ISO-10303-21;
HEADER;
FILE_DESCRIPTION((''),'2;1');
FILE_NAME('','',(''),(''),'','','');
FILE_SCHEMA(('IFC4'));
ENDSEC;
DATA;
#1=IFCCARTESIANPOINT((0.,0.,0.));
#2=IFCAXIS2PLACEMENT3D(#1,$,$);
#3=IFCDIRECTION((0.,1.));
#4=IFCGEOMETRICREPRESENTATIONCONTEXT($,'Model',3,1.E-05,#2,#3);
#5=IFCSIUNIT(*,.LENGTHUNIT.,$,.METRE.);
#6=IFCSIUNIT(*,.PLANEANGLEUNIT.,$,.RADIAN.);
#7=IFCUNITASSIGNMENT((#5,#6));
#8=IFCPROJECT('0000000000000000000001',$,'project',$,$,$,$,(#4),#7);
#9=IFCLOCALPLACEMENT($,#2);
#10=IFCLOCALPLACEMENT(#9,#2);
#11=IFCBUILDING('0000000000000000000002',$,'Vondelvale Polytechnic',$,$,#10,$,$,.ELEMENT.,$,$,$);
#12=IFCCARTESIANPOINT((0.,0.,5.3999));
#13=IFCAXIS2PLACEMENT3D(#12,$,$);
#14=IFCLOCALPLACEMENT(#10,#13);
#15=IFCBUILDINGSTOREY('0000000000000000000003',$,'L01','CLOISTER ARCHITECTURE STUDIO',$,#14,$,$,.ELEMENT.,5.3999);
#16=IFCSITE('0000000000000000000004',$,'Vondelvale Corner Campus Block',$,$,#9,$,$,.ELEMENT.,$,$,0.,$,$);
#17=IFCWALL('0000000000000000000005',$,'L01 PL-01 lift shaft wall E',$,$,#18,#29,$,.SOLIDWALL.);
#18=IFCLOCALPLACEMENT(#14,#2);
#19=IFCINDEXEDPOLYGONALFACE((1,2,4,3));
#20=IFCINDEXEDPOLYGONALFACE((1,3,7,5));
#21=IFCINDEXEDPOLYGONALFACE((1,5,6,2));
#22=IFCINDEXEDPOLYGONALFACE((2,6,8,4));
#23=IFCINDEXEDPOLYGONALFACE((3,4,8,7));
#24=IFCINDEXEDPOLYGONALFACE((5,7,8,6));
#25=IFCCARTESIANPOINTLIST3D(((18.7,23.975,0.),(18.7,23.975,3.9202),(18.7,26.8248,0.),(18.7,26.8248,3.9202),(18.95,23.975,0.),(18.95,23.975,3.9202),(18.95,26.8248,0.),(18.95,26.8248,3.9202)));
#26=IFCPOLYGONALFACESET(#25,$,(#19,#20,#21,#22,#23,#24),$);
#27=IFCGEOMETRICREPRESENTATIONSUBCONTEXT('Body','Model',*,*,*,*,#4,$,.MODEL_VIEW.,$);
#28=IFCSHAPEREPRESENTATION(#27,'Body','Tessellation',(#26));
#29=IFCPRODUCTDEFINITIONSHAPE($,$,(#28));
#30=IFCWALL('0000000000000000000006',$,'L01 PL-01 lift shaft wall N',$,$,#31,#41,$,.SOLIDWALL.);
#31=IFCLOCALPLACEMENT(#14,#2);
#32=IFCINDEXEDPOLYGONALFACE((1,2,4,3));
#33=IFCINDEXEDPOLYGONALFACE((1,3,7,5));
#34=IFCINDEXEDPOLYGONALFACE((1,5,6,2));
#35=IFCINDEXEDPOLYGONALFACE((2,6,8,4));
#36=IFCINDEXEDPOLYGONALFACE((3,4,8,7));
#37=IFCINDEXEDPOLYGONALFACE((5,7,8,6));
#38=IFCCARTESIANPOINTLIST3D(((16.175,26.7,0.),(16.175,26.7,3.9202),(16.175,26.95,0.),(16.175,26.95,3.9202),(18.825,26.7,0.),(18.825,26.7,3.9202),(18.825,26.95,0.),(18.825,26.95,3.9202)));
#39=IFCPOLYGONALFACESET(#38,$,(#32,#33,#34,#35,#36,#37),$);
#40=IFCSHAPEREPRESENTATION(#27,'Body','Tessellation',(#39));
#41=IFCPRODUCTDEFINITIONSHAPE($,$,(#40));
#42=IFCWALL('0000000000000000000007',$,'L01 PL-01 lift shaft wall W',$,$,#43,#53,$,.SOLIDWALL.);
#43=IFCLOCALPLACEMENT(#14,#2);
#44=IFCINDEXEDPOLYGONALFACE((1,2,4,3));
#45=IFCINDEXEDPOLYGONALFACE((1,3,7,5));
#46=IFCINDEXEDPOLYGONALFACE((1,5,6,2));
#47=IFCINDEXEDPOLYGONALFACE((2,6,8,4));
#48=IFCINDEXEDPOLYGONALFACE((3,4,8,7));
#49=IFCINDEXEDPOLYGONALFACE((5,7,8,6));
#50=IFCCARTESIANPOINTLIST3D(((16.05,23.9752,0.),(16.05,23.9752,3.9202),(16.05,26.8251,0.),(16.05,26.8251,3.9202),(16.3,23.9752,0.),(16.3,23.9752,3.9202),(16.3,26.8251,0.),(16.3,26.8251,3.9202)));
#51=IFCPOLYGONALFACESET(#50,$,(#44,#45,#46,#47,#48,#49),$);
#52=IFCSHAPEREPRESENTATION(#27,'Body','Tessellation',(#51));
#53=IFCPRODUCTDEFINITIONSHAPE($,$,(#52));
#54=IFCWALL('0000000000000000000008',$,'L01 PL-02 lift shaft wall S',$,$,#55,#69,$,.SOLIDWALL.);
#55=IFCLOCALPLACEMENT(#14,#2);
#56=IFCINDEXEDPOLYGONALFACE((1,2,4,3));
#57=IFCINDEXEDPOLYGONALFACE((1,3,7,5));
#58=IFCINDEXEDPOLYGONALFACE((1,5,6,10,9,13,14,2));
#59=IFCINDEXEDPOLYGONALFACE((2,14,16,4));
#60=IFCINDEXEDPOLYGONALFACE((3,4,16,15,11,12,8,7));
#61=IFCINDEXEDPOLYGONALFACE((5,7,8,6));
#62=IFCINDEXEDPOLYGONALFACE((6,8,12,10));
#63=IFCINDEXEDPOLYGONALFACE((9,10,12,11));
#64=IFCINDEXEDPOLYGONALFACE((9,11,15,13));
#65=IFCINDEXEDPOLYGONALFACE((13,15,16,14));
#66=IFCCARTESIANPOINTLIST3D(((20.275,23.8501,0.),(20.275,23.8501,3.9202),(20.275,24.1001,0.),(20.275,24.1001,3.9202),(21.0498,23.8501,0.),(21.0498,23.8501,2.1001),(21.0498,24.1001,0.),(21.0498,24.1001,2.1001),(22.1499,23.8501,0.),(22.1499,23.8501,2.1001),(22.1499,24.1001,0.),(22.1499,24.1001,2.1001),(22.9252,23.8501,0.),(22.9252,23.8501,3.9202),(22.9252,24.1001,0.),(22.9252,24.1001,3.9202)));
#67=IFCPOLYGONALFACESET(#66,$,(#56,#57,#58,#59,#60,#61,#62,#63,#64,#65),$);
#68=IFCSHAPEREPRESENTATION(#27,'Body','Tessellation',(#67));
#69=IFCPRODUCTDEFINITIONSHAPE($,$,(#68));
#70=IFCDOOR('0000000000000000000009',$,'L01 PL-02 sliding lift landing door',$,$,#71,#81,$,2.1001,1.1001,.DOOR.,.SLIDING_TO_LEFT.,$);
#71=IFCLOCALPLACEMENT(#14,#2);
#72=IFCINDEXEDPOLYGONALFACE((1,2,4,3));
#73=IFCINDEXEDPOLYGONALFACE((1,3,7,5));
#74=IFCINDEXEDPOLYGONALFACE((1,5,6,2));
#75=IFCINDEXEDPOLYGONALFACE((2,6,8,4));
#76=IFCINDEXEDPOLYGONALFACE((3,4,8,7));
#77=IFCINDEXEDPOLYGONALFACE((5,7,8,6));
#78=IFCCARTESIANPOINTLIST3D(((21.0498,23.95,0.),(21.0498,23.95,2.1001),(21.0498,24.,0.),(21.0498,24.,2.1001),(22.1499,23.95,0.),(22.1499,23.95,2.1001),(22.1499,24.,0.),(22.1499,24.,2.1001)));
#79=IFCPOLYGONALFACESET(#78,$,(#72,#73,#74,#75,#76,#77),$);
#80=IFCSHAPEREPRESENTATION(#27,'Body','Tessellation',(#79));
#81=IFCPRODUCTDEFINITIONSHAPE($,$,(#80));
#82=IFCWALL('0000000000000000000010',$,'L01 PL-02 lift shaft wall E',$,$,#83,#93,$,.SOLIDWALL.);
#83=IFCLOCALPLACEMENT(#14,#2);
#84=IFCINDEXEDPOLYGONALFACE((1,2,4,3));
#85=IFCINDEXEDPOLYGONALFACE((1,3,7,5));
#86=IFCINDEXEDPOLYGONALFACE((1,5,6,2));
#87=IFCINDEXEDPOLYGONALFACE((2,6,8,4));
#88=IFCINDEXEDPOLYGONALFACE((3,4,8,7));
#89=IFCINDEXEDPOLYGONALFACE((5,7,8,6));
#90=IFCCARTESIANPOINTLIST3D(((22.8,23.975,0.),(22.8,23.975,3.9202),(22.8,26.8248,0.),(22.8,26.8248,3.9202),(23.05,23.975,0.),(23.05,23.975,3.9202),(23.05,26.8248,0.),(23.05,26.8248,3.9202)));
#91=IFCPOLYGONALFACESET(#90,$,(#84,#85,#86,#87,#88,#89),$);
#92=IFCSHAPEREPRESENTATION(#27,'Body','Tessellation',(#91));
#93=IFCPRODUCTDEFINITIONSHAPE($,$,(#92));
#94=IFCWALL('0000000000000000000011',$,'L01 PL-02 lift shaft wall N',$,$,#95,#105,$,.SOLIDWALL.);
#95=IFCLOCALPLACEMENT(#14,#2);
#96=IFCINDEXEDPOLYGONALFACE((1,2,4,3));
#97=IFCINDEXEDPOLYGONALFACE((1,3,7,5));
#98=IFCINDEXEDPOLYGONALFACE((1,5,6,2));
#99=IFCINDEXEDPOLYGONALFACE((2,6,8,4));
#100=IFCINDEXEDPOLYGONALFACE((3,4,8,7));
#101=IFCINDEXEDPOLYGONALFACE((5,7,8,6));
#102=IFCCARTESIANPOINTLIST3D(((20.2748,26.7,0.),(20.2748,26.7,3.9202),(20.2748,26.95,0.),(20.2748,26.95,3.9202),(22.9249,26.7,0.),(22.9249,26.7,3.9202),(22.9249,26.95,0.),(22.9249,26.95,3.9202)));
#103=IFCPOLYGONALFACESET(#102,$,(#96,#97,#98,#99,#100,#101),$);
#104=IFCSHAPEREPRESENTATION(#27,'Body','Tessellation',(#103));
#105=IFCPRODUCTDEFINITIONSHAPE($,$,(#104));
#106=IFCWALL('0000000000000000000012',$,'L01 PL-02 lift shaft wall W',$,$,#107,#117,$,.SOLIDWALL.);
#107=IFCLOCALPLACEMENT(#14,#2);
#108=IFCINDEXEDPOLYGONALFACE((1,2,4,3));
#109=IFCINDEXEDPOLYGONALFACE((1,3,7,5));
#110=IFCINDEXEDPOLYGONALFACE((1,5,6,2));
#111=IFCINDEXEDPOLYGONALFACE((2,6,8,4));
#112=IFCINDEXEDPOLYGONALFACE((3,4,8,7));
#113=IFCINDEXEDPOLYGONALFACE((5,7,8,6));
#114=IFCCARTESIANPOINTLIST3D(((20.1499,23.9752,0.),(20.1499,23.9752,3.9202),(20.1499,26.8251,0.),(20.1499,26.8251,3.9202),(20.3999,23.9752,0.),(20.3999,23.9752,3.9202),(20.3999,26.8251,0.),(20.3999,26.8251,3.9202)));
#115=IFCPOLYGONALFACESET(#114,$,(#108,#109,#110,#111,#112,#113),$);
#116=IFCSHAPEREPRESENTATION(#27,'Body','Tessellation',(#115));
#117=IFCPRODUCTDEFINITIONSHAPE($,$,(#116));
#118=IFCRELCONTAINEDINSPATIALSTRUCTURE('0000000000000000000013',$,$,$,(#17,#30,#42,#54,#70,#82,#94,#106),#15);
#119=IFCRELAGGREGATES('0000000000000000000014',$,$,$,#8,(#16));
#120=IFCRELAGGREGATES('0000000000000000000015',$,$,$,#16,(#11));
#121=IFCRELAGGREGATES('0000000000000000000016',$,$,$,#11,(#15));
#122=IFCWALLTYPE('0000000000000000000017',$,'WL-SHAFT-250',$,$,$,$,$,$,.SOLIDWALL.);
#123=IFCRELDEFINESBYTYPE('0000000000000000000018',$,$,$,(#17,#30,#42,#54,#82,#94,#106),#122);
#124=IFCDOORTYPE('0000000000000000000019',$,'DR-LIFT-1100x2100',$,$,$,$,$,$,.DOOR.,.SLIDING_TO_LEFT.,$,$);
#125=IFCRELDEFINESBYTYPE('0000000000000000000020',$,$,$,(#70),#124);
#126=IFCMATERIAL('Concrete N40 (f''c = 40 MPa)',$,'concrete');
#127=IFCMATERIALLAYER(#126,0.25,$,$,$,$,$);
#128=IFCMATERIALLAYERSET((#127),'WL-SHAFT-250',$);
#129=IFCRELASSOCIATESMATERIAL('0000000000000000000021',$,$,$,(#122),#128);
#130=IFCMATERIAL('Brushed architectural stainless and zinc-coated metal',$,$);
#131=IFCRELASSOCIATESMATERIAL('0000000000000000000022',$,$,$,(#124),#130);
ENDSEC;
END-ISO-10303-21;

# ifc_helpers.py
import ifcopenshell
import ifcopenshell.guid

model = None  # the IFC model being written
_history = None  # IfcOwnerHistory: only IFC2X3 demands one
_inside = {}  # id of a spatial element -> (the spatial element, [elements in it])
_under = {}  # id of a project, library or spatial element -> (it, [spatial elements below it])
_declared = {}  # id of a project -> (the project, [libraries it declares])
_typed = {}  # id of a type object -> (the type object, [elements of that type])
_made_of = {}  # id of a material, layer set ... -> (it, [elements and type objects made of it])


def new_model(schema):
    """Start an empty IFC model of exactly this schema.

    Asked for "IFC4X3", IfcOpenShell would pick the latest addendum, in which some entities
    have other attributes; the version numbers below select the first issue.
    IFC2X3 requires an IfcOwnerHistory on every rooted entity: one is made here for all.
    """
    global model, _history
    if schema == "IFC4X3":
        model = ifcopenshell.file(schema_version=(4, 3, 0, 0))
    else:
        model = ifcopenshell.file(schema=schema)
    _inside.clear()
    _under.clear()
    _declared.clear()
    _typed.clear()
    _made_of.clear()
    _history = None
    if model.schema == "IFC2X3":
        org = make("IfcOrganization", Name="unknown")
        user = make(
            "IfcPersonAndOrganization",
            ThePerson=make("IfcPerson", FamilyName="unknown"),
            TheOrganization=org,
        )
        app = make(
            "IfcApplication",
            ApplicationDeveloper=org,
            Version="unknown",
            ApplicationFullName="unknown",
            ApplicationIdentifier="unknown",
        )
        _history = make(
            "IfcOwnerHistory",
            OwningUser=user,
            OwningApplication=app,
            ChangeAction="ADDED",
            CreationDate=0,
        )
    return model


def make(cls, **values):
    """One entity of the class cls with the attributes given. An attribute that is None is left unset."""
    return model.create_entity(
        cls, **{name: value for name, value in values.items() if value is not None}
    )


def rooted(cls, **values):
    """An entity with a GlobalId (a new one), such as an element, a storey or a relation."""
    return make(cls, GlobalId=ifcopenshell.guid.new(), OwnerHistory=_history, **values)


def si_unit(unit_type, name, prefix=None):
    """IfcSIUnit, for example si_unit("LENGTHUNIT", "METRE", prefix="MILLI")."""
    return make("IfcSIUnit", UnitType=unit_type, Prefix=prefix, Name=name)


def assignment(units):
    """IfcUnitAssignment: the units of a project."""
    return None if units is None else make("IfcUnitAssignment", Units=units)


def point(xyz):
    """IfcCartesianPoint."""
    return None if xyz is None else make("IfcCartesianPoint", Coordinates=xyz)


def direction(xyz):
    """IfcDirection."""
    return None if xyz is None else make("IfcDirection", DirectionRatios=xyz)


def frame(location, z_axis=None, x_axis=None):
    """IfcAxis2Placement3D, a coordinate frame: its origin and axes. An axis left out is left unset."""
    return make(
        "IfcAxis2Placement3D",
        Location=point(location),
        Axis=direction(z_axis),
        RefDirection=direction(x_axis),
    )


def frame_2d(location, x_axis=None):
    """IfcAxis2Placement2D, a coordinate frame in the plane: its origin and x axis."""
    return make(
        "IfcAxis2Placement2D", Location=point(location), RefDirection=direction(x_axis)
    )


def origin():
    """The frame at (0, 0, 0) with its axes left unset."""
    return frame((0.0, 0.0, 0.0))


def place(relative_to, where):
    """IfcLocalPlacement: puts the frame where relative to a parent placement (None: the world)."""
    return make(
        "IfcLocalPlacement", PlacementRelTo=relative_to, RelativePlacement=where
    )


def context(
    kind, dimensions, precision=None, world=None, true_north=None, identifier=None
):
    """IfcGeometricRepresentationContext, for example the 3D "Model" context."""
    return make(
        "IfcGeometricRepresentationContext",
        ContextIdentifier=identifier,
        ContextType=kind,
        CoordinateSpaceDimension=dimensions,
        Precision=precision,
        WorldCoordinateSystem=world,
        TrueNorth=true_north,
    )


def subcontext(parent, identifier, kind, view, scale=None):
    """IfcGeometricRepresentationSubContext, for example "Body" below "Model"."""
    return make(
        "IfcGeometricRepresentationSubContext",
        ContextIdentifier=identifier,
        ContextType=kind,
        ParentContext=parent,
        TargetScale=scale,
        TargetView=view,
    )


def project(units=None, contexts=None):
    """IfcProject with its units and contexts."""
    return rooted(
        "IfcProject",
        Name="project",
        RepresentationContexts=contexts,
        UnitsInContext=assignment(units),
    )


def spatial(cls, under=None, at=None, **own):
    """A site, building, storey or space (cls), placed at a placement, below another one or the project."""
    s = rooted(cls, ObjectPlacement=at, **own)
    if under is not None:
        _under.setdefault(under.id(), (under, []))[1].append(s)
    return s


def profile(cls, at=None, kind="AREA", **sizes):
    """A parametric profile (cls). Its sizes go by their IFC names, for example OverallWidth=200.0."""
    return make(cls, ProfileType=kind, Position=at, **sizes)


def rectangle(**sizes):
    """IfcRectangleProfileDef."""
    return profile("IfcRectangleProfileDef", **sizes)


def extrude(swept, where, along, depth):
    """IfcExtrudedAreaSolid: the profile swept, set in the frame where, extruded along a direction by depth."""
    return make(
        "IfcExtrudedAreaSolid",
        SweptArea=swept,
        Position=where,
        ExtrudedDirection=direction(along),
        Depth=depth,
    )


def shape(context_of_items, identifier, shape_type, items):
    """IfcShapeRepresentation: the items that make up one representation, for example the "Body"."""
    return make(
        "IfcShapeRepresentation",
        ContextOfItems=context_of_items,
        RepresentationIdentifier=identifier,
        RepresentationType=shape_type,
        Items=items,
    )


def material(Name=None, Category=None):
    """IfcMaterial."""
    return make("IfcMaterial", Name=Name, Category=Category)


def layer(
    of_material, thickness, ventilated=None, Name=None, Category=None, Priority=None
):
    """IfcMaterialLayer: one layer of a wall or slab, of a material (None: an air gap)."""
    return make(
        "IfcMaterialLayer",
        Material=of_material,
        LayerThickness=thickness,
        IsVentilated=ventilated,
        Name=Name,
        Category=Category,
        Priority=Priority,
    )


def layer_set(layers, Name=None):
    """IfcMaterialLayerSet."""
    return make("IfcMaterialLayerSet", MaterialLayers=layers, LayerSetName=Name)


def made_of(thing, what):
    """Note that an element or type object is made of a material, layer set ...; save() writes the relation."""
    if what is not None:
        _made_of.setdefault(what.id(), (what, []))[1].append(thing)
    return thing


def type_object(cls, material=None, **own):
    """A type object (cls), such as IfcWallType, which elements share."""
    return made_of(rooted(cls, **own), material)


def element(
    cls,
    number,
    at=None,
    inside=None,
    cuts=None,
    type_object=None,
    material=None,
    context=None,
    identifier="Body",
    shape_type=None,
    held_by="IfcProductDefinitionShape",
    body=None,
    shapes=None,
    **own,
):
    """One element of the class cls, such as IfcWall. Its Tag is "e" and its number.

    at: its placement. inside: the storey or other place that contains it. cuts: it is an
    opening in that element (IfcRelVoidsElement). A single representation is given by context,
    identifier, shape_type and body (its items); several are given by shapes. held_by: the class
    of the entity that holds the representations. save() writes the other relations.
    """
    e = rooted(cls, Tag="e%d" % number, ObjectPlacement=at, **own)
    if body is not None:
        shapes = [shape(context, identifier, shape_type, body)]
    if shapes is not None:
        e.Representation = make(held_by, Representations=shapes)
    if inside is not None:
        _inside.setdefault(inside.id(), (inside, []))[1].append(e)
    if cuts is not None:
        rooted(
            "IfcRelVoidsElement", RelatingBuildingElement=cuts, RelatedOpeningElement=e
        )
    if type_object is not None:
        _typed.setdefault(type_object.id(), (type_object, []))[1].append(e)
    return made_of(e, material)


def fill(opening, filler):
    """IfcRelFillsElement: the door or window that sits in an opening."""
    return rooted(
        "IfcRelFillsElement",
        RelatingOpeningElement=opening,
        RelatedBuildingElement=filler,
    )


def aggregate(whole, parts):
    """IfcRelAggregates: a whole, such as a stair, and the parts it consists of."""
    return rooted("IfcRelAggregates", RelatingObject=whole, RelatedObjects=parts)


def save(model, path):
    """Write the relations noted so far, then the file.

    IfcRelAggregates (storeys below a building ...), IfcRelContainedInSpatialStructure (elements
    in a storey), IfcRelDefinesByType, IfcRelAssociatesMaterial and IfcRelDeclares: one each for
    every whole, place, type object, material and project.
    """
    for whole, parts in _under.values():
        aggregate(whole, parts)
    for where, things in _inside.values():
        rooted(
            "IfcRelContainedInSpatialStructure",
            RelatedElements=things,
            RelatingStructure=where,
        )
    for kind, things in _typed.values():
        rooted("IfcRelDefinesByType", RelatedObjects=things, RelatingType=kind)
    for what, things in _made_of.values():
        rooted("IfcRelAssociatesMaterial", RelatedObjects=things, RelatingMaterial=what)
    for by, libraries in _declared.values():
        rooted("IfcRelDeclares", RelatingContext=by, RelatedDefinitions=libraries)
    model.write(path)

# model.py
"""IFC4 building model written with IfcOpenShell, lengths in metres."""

from ifc_helpers import new_model, si_unit, direction, frame, frame_2d, origin, place, context, subcontext, project, spatial, rectangle, extrude, material, layer, layer_set, type_object, element, fill, save


model = new_model("IFC4")

# Units and contexts
model_context = context("Model", 3, precision=1e-05, world=origin(), true_north=direction((0.0, 1.0)))
body_context = subcontext(model_context, "Body", "Model", "MODEL_VIEW")
ifc_project = project(units=[si_unit("LENGTHUNIT", "METRE"), si_unit("PLANEANGLEUNIT", "RADIAN")], contexts=[model_context])

# Site, building, storey
site_placement = place(None, origin())
site = spatial("IfcSite", under=ifc_project, at=site_placement, Name="Vondelvale Corner Campus Block", CompositionType="ELEMENT", RefElevation=0.0)
building_placement = place(site_placement, origin())
building = spatial("IfcBuilding", under=site, at=building_placement, Name="Vondelvale Polytechnic", CompositionType="ELEMENT")
storey_placement = place(building_placement, frame((0.0, 0.0, 5.3999)))
storey = spatial("IfcBuildingStorey", under=building, at=storey_placement, Name="L01", Description="CLOISTER ARCHITECTURE STUDIO", CompositionType="ELEMENT", Elevation=5.3999)

# Shared definitions
ifc_material_1 = material(Name="Concrete N40 (f'c = 40 MPa)", Category="concrete")

# Shared definitions
ifc_layer_1 = layer(ifc_material_1, 0.25)
ifc_layer_set_1 = layer_set([ifc_layer_1], Name="WL-SHAFT-250")
wall_type_1 = type_object("IfcWallType", Name="WL-SHAFT-250", PredefinedType="SOLIDWALL", material=ifc_layer_set_1)
ifc_material_2 = material(Name="Brushed architectural stainless and zinc-coated metal")
door_type_1 = type_object("IfcDoorType", Name="DR-LIFT-1100x2100", OperationType="SLIDING_TO_LEFT", PredefinedType="DOOR", material=ifc_material_2)

# Walls
wall_1_placement = place(storey_placement, frame((18.825, 23.9751, 0.0), z_axis=(0.0, 0.0, 1.0), x_axis=(0.0, 1.0, 0.0)))
element("IfcWall", 1, at=wall_1_placement, inside=storey, type_object=wall_type_1, Name="L01 PL-01 lift shaft wall E", PredefinedType="SOLIDWALL", context=body_context, shape_type="SweptSolid", body=[
    extrude(rectangle(XDim=2.8499, YDim=0.25, at=frame_2d((1.4248, 0.0))), origin(), (0.0, 0.0, 1.0), 3.9202),
])
wall_2_placement = place(storey_placement, frame((18.825, 26.825, 0.0), z_axis=(0.0, 0.0, 1.0), x_axis=(-1.0, 0.0, 0.0)))
element("IfcWall", 2, at=wall_2_placement, inside=storey, type_object=wall_type_1, Name="L01 PL-01 lift shaft wall N", PredefinedType="SOLIDWALL", context=body_context, shape_type="SweptSolid", body=[
    extrude(rectangle(XDim=2.6499, YDim=0.25, at=frame_2d((1.325, 0.0))), origin(), (0.0, 0.0, 1.0), 3.9202),
])
wall_3_placement = place(storey_placement, frame((16.175, 26.825, 0.0), z_axis=(0.0, 0.0, 1.0), x_axis=(0.0, -1.0, 0.0)))
element("IfcWall", 3, at=wall_3_placement, inside=storey, type_object=wall_type_1, Name="L01 PL-01 lift shaft wall W", PredefinedType="SOLIDWALL", context=body_context, shape_type="SweptSolid", body=[
    extrude(rectangle(XDim=2.8499, YDim=0.25, at=frame_2d((1.4248, 0.0))), origin(), (0.0, 0.0, 1.0), 3.9202),
])

# Wall, opening, door
wall_4_placement = place(storey_placement, frame((20.2749, 23.9751, 0.0), z_axis=(0.0, 0.0, 1.0), x_axis=(1.0, 0.0, 0.0)))
wall_4 = element("IfcWall", 4, at=wall_4_placement, inside=storey, type_object=wall_type_1, Name="L01 PL-02 lift shaft wall S", PredefinedType="SOLIDWALL", context=body_context, shape_type="SweptSolid", body=[
    extrude(rectangle(XDim=2.6501, YDim=0.25, at=frame_2d((1.3252, 0.0))), origin(), (0.0, 0.0, 1.0), 3.9202),
])
opening_1_placement = place(wall_4_placement, frame((0.7749, 0.0, 0.0)))
opening_1 = element("IfcOpeningElement", 5, at=opening_1_placement, cuts=wall_4, PredefinedType="OPENING", context=body_context, shape_type="SweptSolid", body=[
    extrude(rectangle(XDim=1.1001, YDim=2.1001, at=frame_2d((0.55, 1.05))), frame((0.0, 0.135, 0.0), z_axis=(0.0, -1.0, 0.0), x_axis=(1.0, 0.0, 0.0)), (0.0, 0.0, 1.0), 0.27),
])
door_1_placement = place(opening_1_placement, origin())
door_1 = element("IfcDoor", 6, at=door_1_placement, inside=storey, type_object=door_type_1, Name="L01 PL-02 sliding lift landing door", OperationType="SLIDING_TO_LEFT", OverallHeight=2.1001, OverallWidth=1.1001, PredefinedType="DOOR", context=body_context, shape_type="SweptSolid", body=[
    extrude(rectangle(XDim=1.1001, YDim=2.1001, at=frame_2d((0.55, 1.05))), frame((0.0, 0.0249, 0.0), z_axis=(0.0, -1.0, 0.0), x_axis=(1.0, 0.0, 0.0)), (0.0, 0.0, 1.0), 0.05),
])
fill(opening_1, door_1)

# Walls
wall_5_placement = place(storey_placement, frame((22.925, 23.9751, 0.0), z_axis=(0.0, 0.0, 1.0), x_axis=(0.0, 1.0, 0.0)))
element("IfcWall", 7, at=wall_5_placement, inside=storey, type_object=wall_type_1, Name="L01 PL-02 lift shaft wall E", PredefinedType="SOLIDWALL", context=body_context, shape_type="SweptSolid", body=[
    extrude(rectangle(XDim=2.8499, YDim=0.25, at=frame_2d((1.4248, 0.0))), origin(), (0.0, 0.0, 1.0), 3.9202),
])
wall_6_placement = place(storey_placement, frame((22.925, 26.825, 0.0), z_axis=(0.0, 0.0, 1.0), x_axis=(-1.0, 0.0, 0.0)))
element("IfcWall", 8, at=wall_6_placement, inside=storey, type_object=wall_type_1, Name="L01 PL-02 lift shaft wall N", PredefinedType="SOLIDWALL", context=body_context, shape_type="SweptSolid", body=[
    extrude(rectangle(XDim=2.6501, YDim=0.25, at=frame_2d((1.3252, 0.0))), origin(), (0.0, 0.0, 1.0), 3.9202),
])
wall_7_placement = place(storey_placement, frame((20.2749, 26.825, 0.0), z_axis=(0.0, 0.0, 1.0), x_axis=(0.0, -1.0, 0.0)))
element("IfcWall", 9, at=wall_7_placement, inside=storey, type_object=wall_type_1, Name="L01 PL-02 lift shaft wall W", PredefinedType="SOLIDWALL", context=body_context, shape_type="SweptSolid", body=[
    extrude(rectangle(XDim=2.8499, YDim=0.25, at=frame_2d((1.4248, 0.0))), origin(), (0.0, 0.0, 1.0), 3.9202),
])

save(model, "model.ifc")
